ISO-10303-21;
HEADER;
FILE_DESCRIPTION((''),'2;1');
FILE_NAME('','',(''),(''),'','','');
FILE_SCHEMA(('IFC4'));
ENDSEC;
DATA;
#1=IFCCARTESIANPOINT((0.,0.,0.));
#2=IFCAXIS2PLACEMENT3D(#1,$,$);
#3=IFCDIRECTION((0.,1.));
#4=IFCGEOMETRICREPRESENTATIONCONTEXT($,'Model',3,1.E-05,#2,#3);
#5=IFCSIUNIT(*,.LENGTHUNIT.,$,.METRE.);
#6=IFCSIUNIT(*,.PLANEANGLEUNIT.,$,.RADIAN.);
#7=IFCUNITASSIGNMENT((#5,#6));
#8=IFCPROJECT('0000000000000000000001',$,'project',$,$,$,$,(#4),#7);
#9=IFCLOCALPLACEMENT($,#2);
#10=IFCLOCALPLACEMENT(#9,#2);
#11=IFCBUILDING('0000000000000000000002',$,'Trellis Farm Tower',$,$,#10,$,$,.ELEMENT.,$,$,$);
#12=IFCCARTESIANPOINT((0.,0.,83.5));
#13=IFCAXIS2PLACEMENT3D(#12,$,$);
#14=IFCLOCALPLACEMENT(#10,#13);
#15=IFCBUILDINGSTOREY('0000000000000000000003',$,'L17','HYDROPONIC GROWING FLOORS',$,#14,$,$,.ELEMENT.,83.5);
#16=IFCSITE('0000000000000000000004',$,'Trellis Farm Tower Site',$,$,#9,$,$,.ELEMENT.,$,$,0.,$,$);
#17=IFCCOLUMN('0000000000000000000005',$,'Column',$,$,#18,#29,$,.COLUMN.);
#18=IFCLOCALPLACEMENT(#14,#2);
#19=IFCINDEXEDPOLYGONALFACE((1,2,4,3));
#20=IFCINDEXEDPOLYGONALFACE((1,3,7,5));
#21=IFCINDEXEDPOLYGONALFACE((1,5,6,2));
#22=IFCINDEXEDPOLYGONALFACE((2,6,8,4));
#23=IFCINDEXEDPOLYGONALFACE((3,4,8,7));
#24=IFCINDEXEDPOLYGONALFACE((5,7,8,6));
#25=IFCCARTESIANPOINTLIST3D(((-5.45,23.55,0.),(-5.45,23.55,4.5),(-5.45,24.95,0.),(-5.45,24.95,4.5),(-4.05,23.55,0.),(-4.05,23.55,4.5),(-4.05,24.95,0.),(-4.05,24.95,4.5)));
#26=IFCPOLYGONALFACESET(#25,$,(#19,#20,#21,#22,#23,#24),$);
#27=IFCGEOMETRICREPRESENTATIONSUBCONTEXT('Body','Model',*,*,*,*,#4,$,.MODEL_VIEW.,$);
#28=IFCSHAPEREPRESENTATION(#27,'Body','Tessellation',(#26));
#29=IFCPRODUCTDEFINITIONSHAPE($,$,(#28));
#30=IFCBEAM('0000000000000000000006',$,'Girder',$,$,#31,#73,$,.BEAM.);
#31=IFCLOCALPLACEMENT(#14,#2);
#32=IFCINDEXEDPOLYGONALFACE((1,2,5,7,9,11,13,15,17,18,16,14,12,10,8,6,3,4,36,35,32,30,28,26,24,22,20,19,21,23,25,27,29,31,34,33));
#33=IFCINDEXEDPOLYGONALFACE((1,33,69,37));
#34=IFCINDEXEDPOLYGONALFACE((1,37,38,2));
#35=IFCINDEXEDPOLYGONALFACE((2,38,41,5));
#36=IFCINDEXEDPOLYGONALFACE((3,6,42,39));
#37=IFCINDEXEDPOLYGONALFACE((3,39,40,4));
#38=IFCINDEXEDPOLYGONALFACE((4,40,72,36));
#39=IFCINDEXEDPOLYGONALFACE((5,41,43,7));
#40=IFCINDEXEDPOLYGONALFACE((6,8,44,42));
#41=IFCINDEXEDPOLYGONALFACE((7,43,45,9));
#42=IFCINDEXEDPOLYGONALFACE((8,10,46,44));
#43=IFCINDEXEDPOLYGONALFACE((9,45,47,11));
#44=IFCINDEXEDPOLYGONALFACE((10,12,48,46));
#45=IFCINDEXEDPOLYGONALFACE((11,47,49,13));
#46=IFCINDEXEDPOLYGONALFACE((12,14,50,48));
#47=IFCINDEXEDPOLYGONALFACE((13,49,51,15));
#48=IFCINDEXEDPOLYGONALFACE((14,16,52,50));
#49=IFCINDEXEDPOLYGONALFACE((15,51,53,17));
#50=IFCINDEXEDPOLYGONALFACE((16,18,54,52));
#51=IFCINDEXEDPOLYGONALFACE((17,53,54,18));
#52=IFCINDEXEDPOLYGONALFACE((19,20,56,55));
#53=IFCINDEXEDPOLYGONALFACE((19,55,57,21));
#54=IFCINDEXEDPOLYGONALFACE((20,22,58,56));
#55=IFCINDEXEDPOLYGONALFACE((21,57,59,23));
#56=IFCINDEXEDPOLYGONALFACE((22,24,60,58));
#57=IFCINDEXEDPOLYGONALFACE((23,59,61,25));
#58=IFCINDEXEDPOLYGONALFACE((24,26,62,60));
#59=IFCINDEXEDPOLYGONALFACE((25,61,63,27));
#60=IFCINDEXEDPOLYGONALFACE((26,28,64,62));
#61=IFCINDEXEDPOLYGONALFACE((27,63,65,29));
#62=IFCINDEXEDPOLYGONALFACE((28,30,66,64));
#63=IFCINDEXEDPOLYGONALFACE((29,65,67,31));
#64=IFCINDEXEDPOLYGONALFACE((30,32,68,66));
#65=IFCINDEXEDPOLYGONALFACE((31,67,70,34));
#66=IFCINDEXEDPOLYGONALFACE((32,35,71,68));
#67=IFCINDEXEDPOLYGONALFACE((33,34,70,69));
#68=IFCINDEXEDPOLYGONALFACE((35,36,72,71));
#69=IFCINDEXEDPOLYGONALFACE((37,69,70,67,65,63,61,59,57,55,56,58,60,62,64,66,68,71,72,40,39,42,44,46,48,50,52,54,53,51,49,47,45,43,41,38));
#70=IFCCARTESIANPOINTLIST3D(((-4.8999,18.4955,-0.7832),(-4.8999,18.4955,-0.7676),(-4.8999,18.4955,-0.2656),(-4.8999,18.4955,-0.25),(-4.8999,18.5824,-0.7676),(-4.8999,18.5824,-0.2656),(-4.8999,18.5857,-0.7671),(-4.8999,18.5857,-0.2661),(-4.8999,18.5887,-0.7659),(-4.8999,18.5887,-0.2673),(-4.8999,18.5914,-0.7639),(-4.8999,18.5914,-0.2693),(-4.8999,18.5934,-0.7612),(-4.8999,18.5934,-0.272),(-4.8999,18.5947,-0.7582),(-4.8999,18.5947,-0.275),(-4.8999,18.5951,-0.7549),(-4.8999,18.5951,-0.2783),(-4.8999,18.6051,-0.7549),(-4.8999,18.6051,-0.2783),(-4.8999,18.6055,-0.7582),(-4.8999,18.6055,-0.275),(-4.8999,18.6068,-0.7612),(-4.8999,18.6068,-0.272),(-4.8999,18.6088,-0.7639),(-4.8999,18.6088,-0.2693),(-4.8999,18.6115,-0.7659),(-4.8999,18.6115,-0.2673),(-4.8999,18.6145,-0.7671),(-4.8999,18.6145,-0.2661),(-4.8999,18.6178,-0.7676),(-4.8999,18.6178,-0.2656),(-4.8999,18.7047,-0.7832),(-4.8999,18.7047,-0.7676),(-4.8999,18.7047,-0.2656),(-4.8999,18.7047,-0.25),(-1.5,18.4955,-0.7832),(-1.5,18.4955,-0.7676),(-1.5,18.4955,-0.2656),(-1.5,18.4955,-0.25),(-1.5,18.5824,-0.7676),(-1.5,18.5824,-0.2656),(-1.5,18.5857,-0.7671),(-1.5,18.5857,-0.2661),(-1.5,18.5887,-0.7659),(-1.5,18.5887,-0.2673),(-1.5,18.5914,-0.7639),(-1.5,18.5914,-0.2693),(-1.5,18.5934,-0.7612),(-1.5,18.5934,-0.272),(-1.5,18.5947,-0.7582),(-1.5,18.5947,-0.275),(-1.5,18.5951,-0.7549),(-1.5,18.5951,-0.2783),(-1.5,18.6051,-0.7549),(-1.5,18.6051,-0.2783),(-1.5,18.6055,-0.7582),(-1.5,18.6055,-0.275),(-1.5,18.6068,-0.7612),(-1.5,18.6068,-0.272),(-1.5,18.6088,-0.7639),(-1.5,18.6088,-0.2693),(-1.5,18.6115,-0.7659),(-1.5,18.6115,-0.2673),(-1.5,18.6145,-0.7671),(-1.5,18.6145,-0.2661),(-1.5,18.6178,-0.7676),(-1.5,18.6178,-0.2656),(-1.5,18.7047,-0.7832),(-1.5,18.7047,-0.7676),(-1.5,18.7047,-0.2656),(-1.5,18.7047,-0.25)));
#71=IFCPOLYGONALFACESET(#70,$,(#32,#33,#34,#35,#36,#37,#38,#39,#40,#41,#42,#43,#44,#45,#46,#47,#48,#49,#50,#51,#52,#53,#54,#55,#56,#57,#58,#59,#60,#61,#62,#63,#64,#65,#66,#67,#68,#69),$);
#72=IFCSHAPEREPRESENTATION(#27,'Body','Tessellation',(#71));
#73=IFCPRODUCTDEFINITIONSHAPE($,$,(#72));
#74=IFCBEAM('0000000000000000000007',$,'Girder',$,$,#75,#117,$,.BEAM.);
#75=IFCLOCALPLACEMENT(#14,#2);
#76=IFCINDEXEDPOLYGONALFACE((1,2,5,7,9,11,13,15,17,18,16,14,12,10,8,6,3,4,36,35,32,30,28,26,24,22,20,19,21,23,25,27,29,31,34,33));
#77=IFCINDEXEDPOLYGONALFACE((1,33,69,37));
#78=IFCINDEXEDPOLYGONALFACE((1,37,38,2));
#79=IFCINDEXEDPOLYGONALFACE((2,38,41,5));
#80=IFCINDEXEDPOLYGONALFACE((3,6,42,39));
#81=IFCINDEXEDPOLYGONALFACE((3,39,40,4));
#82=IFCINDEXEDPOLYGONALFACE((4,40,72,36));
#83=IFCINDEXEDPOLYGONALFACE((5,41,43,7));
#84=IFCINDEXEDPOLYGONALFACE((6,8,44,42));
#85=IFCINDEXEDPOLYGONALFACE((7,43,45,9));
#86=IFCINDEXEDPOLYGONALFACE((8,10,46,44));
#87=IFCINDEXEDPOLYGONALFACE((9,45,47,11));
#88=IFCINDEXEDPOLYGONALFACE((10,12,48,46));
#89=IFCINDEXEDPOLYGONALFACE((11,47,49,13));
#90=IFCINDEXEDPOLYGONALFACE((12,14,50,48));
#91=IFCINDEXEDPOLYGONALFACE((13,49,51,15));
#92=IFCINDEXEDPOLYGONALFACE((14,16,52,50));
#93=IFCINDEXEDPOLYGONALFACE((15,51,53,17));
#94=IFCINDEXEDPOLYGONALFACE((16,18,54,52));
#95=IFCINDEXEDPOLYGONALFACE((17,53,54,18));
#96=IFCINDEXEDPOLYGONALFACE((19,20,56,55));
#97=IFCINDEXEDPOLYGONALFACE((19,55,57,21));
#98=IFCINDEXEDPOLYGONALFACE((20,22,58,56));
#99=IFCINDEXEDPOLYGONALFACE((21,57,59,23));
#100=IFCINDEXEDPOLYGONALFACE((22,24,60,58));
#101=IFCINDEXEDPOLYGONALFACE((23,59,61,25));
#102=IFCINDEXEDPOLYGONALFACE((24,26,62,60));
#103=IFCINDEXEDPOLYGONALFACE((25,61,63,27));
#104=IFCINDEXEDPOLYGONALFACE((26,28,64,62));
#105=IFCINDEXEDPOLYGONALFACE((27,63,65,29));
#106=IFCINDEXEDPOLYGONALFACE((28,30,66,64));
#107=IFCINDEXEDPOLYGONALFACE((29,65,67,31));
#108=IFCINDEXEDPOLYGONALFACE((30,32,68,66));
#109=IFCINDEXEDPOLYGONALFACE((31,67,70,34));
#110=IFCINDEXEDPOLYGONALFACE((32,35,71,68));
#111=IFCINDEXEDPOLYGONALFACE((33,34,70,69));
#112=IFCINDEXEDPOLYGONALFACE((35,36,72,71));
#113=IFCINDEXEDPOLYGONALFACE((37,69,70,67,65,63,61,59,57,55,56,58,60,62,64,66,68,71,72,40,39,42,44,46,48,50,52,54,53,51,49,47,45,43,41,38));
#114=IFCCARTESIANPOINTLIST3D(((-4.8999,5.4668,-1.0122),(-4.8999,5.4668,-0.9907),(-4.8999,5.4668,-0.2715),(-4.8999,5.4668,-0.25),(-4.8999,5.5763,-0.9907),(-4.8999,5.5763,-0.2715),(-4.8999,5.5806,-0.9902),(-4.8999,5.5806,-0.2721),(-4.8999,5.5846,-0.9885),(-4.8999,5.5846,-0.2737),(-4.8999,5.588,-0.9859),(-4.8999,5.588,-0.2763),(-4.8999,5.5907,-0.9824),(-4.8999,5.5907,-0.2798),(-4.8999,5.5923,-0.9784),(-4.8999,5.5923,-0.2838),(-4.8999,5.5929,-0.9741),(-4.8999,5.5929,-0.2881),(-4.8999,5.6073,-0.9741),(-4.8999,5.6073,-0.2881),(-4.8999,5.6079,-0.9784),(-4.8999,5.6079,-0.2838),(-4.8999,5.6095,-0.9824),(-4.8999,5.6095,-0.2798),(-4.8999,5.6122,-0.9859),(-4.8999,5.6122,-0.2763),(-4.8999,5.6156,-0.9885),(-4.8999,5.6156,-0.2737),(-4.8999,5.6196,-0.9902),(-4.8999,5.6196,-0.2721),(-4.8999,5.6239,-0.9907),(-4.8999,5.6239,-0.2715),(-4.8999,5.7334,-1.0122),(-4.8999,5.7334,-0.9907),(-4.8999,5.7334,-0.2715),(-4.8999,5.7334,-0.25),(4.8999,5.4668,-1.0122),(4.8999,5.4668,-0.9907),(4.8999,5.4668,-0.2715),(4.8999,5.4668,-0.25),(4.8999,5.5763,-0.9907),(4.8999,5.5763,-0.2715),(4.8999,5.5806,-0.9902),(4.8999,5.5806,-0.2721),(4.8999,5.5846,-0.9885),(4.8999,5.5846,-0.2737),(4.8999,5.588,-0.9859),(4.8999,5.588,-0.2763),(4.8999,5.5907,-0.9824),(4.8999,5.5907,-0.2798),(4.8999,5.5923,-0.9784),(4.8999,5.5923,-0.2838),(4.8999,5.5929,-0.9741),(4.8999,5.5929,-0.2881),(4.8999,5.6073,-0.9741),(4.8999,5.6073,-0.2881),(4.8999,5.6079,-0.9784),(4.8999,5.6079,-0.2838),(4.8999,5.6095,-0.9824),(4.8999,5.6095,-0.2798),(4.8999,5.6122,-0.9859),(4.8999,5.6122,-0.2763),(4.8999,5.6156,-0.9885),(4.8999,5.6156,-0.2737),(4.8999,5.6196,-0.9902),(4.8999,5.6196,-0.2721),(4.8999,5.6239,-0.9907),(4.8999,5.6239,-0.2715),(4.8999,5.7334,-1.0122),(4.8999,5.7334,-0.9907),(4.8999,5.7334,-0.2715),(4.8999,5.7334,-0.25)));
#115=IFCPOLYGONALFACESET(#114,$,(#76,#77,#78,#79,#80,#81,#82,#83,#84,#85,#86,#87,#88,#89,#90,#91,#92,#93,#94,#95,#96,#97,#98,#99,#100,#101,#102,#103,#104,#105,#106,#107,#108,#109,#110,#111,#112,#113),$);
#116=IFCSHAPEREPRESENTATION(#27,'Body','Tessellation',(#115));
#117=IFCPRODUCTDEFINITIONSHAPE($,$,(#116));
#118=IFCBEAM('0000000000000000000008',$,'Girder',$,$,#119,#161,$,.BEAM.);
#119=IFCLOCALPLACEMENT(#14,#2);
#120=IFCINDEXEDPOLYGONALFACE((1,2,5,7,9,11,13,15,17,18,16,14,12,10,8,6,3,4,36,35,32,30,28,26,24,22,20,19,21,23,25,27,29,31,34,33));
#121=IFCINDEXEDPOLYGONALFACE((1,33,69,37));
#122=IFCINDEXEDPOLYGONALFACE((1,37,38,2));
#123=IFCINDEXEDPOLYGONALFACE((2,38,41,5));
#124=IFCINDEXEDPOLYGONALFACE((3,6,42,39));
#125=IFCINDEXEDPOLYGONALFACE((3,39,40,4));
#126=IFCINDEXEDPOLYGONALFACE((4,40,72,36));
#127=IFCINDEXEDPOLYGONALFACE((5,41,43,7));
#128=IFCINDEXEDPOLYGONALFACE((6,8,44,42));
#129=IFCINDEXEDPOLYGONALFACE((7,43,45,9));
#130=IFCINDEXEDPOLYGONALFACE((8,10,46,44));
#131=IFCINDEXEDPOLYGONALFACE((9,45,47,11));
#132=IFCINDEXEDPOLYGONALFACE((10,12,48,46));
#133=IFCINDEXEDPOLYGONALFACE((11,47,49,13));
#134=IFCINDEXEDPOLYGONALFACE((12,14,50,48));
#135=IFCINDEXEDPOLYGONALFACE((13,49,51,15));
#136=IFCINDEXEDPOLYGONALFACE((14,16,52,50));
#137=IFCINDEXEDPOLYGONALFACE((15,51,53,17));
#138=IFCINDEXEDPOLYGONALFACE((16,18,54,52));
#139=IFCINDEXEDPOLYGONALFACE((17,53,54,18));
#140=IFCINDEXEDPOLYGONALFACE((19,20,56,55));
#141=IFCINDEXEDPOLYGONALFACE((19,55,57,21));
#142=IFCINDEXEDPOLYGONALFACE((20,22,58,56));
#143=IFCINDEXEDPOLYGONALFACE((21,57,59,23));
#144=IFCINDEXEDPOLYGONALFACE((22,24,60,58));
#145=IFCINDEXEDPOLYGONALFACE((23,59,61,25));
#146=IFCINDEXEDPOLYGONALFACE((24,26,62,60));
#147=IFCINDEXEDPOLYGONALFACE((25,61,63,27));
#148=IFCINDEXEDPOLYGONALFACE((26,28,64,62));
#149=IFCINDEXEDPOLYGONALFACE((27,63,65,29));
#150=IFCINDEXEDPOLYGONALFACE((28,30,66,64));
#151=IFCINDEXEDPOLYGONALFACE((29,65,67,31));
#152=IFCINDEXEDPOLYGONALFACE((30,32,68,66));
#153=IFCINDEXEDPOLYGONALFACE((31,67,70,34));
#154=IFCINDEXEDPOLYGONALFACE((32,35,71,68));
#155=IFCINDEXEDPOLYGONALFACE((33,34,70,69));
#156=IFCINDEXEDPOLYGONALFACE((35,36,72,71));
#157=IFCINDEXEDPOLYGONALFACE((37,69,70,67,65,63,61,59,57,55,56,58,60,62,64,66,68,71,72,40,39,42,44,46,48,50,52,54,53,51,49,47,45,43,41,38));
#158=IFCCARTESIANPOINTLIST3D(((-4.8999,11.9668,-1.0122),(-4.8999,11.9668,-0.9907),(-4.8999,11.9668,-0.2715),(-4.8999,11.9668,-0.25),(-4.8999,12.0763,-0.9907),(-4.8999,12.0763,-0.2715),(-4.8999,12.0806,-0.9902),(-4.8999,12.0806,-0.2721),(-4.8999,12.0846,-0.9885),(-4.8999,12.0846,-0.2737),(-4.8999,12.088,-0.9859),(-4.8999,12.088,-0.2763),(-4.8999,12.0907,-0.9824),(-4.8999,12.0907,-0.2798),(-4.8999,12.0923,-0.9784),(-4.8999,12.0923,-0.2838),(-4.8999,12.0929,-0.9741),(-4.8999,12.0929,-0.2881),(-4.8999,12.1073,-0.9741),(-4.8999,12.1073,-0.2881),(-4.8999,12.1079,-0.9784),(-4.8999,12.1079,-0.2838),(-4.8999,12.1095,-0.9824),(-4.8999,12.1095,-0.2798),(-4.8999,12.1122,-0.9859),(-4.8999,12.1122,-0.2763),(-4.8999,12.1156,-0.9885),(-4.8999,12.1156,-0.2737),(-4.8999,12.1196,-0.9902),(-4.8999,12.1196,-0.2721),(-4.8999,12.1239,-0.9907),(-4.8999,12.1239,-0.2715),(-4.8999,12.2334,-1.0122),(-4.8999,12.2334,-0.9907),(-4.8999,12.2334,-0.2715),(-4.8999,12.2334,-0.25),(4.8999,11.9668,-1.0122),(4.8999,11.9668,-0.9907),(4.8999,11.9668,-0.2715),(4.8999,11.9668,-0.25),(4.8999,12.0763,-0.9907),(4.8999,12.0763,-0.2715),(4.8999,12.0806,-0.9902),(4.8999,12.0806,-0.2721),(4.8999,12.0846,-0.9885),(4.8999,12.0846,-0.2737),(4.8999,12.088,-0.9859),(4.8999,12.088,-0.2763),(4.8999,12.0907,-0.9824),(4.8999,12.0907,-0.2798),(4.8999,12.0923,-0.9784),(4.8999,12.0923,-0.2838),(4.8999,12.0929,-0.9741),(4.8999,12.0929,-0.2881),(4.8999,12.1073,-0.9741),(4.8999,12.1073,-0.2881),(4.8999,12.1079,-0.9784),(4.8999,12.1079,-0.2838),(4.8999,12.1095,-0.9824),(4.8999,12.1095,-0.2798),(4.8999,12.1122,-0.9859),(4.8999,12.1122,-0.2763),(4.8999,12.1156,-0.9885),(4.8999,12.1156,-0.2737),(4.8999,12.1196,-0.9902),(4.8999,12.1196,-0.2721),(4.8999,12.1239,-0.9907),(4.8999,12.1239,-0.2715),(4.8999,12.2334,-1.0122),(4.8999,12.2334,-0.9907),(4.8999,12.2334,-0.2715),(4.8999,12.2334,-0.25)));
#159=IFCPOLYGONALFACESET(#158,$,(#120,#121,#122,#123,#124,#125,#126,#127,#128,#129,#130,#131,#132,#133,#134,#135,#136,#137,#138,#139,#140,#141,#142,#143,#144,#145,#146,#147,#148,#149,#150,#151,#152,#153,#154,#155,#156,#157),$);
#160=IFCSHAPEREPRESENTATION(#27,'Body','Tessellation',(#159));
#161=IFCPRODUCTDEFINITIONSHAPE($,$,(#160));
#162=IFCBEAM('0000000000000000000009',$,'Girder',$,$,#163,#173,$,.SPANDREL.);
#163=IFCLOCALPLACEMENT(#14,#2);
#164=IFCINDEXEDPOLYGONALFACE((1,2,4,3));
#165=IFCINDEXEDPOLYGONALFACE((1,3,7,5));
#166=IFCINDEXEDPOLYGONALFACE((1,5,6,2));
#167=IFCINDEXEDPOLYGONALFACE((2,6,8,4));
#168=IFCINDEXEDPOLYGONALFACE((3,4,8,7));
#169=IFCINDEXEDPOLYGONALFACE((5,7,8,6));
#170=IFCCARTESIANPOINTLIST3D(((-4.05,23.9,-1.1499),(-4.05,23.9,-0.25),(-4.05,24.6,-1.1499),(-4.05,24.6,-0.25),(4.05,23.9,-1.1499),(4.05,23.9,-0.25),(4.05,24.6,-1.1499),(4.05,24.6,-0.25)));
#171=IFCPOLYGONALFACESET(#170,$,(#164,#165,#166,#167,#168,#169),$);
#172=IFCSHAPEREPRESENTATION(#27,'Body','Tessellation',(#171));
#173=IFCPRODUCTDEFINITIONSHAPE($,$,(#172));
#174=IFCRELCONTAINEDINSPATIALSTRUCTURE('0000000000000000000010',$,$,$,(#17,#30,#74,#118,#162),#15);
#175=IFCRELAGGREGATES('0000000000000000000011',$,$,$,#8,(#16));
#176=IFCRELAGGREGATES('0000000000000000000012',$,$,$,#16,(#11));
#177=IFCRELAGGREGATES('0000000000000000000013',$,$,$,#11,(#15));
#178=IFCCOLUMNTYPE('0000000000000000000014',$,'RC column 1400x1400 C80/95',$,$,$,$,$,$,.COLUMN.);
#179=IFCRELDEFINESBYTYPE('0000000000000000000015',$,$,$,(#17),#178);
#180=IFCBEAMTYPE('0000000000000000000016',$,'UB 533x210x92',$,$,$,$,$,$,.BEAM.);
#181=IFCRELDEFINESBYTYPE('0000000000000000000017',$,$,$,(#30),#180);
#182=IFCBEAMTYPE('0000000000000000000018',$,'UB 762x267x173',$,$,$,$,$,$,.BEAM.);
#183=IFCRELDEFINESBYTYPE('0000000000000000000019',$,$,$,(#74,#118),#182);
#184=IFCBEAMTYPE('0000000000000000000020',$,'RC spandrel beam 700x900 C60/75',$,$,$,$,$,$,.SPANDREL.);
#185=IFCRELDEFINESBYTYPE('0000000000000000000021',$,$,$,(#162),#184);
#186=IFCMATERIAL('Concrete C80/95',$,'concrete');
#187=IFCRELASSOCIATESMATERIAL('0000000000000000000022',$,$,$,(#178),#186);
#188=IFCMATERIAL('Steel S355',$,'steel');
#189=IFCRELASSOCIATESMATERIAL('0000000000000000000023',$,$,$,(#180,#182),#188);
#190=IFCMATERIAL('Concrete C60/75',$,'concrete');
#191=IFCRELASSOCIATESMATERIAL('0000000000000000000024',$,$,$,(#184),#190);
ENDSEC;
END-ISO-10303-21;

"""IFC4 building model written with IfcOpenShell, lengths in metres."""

from ifc_helpers import new_model, si_unit, direction, frame, origin, origin_2d, place, context, subcontext, project, spatial, rectangle, i_section, extrude, source, transform, mapped, material, material_profile, profile_set, type_object, element, save


model = new_model("IFC4")

# Units and contexts
model_context = context("Model", 3, precision=1e-05, world=origin(), true_north=direction((0.0, 1.0)))
body_context = subcontext(model_context, "Body", "Model", "MODEL_VIEW")
ifc_project = project(units=[si_unit("LENGTHUNIT", "METRE"), si_unit("PLANEANGLEUNIT", "RADIAN")], contexts=[model_context])

# Site, building, storey
site_placement = place(None, origin())
site = spatial("IfcSite", under=ifc_project, at=site_placement, Name="Trellis Farm Tower Site", CompositionType="ELEMENT", RefElevation=0.0)
building_placement = place(site_placement, origin())
building = spatial("IfcBuilding", under=site, at=building_placement, Name="Trellis Farm Tower", CompositionType="ELEMENT")
storey_placement = place(building_placement, frame((0.0, 0.0, 83.5)))
storey = spatial("IfcBuildingStorey", under=building, at=storey_placement, Name="L17", Description="HYDROPONIC GROWING FLOORS", CompositionType="ELEMENT", Elevation=83.5)

# Column
ifc_material_1 = material(Name="Concrete C80/95", Category="concrete")
ifc_material_profile_1 = material_profile(ifc_material_1, rectangle(XDim=1.3999, YDim=1.3999, at=origin_2d()), Name="RC column 1400x1400 C80/95")
ifc_profile_set_1 = profile_set([ifc_material_profile_1], Name="Concrete C80/95")
column_type = type_object("IfcColumnType", Name="RC column 1400x1400 C80/95", PredefinedType="COLUMN", material=ifc_profile_set_1)
shared_shape_1 = source(origin(), body_context, "Body", "SweptSolid", [
    extrude(rectangle(XDim=1.3999, YDim=1.3999, at=origin_2d()), origin(), (0.0, 0.0, 1.0), 4.5),
])
column_placement = place(storey_placement, frame((-4.75, 24.25, 0.0), z_axis=(0.0, 0.0, 1.0), x_axis=(1.0, 0.0, 0.0)))
element("IfcColumn", 1, at=column_placement, inside=storey, type_object=column_type, Name="Column", PredefinedType="COLUMN", context=body_context, shape_type="MappedRepresentation", body=[
    mapped(shared_shape_1, transform((0.0, 0.0, 0.0))),
])

# Beams
ifc_material_2 = material(Name="Steel S355", Category="steel")
ifc_material_profile_2 = material_profile(ifc_material_2, i_section(OverallWidth=0.2092, OverallDepth=0.5332, WebThickness=0.01, FlangeThickness=0.0156, FilletRadius=0.0127, at=origin_2d()), Name="UB 533x210x92")
ifc_profile_set_2 = profile_set([ifc_material_profile_2], Name="Steel S355")
beam_type_1 = type_object("IfcBeamType", Name="UB 533x210x92", PredefinedType="BEAM", material=ifc_profile_set_2)
shared_shape_2 = source(origin(), body_context, "Body", "SweptSolid", [
    extrude(i_section(OverallWidth=0.2092, OverallDepth=0.5332, WebThickness=0.01, FlangeThickness=0.0156, FilletRadius=0.0127, at=origin_2d()), origin(), (0.0, 0.0, 1.0), 3.3999),
])
beam_1_placement = place(storey_placement, frame((-4.8999, 18.6001, -0.5166), z_axis=(1.0, 0.0, 0.0), x_axis=(0.0, 1.0, 0.0)))
element("IfcBeam", 2, at=beam_1_placement, inside=storey, type_object=beam_type_1, Name="Girder", PredefinedType="BEAM", context=body_context, shape_type="MappedRepresentation", body=[
    mapped(shared_shape_2, transform((0.0, 0.0, 0.0))),
])
ifc_material_profile_3 = material_profile(ifc_material_2, i_section(OverallWidth=0.2666, OverallDepth=0.7622, WebThickness=0.0144, FlangeThickness=0.0215, FilletRadius=0.0166, at=origin_2d()), Name="UB 762x267x173")
ifc_profile_set_3 = profile_set([ifc_material_profile_3], Name="Steel S355")
beam_type_2 = type_object("IfcBeamType", Name="UB 762x267x173", PredefinedType="BEAM", material=ifc_profile_set_3)
shared_shape_3 = source(origin(), body_context, "Body", "SweptSolid", [
    extrude(i_section(OverallWidth=0.2666, OverallDepth=0.7622, WebThickness=0.0144, FlangeThickness=0.0215, FilletRadius=0.0166, at=origin_2d()), origin(), (0.0, 0.0, 1.0), 9.7998),
])
for number, where, z_axis, x_axis, name in (
    (3, (-4.8999, 5.6001, -0.6311), (1.0, 0.0, 0.0), (0.0, 1.0, 0.0), "Girder"),
    (4, (-4.8999, 12.1001, -0.6311), (1.0, 0.0, 0.0), (0.0, 1.0, 0.0), "Girder"),
):
    element("IfcBeam", number, at=place(storey_placement, frame(where, z_axis=z_axis, x_axis=x_axis)), inside=storey, type_object=beam_type_2, Name=name, PredefinedType="BEAM", context=body_context, shape_type="MappedRepresentation", body=[
        mapped(shared_shape_3, transform((0.0, 0.0, 0.0))),
    ])
ifc_material_3 = material(Name="Concrete C60/75", Category="concrete")
ifc_material_profile_4 = material_profile(ifc_material_3, rectangle(XDim=0.7, YDim=0.8999, at=origin_2d()), Name="RC spandrel beam 700x900 C60/75")
ifc_profile_set_4 = profile_set([ifc_material_profile_4], Name="Concrete C60/75")
beam_type_3 = type_object("IfcBeamType", Name="RC spandrel beam 700x900 C60/75", PredefinedType="SPANDREL", material=ifc_profile_set_4)
shared_shape_4 = source(origin(), body_context, "Body", "SweptSolid", [
    extrude(rectangle(XDim=0.7, YDim=0.8999, at=origin_2d()), origin(), (0.0, 0.0, 1.0), 8.1001),
])
beam_2_placement = place(storey_placement, frame((-4.05, 24.25, -0.7), z_axis=(1.0, 0.0, 0.0), x_axis=(0.0, 1.0, 0.0)))
element("IfcBeam", 5, at=beam_2_placement, inside=storey, type_object=beam_type_3, Name="Girder", PredefinedType="SPANDREL", context=body_context, shape_type="MappedRepresentation", body=[
    mapped(shared_shape_4, transform((0.0, 0.0, 0.0))),
])

save(model, "model.ifc")
